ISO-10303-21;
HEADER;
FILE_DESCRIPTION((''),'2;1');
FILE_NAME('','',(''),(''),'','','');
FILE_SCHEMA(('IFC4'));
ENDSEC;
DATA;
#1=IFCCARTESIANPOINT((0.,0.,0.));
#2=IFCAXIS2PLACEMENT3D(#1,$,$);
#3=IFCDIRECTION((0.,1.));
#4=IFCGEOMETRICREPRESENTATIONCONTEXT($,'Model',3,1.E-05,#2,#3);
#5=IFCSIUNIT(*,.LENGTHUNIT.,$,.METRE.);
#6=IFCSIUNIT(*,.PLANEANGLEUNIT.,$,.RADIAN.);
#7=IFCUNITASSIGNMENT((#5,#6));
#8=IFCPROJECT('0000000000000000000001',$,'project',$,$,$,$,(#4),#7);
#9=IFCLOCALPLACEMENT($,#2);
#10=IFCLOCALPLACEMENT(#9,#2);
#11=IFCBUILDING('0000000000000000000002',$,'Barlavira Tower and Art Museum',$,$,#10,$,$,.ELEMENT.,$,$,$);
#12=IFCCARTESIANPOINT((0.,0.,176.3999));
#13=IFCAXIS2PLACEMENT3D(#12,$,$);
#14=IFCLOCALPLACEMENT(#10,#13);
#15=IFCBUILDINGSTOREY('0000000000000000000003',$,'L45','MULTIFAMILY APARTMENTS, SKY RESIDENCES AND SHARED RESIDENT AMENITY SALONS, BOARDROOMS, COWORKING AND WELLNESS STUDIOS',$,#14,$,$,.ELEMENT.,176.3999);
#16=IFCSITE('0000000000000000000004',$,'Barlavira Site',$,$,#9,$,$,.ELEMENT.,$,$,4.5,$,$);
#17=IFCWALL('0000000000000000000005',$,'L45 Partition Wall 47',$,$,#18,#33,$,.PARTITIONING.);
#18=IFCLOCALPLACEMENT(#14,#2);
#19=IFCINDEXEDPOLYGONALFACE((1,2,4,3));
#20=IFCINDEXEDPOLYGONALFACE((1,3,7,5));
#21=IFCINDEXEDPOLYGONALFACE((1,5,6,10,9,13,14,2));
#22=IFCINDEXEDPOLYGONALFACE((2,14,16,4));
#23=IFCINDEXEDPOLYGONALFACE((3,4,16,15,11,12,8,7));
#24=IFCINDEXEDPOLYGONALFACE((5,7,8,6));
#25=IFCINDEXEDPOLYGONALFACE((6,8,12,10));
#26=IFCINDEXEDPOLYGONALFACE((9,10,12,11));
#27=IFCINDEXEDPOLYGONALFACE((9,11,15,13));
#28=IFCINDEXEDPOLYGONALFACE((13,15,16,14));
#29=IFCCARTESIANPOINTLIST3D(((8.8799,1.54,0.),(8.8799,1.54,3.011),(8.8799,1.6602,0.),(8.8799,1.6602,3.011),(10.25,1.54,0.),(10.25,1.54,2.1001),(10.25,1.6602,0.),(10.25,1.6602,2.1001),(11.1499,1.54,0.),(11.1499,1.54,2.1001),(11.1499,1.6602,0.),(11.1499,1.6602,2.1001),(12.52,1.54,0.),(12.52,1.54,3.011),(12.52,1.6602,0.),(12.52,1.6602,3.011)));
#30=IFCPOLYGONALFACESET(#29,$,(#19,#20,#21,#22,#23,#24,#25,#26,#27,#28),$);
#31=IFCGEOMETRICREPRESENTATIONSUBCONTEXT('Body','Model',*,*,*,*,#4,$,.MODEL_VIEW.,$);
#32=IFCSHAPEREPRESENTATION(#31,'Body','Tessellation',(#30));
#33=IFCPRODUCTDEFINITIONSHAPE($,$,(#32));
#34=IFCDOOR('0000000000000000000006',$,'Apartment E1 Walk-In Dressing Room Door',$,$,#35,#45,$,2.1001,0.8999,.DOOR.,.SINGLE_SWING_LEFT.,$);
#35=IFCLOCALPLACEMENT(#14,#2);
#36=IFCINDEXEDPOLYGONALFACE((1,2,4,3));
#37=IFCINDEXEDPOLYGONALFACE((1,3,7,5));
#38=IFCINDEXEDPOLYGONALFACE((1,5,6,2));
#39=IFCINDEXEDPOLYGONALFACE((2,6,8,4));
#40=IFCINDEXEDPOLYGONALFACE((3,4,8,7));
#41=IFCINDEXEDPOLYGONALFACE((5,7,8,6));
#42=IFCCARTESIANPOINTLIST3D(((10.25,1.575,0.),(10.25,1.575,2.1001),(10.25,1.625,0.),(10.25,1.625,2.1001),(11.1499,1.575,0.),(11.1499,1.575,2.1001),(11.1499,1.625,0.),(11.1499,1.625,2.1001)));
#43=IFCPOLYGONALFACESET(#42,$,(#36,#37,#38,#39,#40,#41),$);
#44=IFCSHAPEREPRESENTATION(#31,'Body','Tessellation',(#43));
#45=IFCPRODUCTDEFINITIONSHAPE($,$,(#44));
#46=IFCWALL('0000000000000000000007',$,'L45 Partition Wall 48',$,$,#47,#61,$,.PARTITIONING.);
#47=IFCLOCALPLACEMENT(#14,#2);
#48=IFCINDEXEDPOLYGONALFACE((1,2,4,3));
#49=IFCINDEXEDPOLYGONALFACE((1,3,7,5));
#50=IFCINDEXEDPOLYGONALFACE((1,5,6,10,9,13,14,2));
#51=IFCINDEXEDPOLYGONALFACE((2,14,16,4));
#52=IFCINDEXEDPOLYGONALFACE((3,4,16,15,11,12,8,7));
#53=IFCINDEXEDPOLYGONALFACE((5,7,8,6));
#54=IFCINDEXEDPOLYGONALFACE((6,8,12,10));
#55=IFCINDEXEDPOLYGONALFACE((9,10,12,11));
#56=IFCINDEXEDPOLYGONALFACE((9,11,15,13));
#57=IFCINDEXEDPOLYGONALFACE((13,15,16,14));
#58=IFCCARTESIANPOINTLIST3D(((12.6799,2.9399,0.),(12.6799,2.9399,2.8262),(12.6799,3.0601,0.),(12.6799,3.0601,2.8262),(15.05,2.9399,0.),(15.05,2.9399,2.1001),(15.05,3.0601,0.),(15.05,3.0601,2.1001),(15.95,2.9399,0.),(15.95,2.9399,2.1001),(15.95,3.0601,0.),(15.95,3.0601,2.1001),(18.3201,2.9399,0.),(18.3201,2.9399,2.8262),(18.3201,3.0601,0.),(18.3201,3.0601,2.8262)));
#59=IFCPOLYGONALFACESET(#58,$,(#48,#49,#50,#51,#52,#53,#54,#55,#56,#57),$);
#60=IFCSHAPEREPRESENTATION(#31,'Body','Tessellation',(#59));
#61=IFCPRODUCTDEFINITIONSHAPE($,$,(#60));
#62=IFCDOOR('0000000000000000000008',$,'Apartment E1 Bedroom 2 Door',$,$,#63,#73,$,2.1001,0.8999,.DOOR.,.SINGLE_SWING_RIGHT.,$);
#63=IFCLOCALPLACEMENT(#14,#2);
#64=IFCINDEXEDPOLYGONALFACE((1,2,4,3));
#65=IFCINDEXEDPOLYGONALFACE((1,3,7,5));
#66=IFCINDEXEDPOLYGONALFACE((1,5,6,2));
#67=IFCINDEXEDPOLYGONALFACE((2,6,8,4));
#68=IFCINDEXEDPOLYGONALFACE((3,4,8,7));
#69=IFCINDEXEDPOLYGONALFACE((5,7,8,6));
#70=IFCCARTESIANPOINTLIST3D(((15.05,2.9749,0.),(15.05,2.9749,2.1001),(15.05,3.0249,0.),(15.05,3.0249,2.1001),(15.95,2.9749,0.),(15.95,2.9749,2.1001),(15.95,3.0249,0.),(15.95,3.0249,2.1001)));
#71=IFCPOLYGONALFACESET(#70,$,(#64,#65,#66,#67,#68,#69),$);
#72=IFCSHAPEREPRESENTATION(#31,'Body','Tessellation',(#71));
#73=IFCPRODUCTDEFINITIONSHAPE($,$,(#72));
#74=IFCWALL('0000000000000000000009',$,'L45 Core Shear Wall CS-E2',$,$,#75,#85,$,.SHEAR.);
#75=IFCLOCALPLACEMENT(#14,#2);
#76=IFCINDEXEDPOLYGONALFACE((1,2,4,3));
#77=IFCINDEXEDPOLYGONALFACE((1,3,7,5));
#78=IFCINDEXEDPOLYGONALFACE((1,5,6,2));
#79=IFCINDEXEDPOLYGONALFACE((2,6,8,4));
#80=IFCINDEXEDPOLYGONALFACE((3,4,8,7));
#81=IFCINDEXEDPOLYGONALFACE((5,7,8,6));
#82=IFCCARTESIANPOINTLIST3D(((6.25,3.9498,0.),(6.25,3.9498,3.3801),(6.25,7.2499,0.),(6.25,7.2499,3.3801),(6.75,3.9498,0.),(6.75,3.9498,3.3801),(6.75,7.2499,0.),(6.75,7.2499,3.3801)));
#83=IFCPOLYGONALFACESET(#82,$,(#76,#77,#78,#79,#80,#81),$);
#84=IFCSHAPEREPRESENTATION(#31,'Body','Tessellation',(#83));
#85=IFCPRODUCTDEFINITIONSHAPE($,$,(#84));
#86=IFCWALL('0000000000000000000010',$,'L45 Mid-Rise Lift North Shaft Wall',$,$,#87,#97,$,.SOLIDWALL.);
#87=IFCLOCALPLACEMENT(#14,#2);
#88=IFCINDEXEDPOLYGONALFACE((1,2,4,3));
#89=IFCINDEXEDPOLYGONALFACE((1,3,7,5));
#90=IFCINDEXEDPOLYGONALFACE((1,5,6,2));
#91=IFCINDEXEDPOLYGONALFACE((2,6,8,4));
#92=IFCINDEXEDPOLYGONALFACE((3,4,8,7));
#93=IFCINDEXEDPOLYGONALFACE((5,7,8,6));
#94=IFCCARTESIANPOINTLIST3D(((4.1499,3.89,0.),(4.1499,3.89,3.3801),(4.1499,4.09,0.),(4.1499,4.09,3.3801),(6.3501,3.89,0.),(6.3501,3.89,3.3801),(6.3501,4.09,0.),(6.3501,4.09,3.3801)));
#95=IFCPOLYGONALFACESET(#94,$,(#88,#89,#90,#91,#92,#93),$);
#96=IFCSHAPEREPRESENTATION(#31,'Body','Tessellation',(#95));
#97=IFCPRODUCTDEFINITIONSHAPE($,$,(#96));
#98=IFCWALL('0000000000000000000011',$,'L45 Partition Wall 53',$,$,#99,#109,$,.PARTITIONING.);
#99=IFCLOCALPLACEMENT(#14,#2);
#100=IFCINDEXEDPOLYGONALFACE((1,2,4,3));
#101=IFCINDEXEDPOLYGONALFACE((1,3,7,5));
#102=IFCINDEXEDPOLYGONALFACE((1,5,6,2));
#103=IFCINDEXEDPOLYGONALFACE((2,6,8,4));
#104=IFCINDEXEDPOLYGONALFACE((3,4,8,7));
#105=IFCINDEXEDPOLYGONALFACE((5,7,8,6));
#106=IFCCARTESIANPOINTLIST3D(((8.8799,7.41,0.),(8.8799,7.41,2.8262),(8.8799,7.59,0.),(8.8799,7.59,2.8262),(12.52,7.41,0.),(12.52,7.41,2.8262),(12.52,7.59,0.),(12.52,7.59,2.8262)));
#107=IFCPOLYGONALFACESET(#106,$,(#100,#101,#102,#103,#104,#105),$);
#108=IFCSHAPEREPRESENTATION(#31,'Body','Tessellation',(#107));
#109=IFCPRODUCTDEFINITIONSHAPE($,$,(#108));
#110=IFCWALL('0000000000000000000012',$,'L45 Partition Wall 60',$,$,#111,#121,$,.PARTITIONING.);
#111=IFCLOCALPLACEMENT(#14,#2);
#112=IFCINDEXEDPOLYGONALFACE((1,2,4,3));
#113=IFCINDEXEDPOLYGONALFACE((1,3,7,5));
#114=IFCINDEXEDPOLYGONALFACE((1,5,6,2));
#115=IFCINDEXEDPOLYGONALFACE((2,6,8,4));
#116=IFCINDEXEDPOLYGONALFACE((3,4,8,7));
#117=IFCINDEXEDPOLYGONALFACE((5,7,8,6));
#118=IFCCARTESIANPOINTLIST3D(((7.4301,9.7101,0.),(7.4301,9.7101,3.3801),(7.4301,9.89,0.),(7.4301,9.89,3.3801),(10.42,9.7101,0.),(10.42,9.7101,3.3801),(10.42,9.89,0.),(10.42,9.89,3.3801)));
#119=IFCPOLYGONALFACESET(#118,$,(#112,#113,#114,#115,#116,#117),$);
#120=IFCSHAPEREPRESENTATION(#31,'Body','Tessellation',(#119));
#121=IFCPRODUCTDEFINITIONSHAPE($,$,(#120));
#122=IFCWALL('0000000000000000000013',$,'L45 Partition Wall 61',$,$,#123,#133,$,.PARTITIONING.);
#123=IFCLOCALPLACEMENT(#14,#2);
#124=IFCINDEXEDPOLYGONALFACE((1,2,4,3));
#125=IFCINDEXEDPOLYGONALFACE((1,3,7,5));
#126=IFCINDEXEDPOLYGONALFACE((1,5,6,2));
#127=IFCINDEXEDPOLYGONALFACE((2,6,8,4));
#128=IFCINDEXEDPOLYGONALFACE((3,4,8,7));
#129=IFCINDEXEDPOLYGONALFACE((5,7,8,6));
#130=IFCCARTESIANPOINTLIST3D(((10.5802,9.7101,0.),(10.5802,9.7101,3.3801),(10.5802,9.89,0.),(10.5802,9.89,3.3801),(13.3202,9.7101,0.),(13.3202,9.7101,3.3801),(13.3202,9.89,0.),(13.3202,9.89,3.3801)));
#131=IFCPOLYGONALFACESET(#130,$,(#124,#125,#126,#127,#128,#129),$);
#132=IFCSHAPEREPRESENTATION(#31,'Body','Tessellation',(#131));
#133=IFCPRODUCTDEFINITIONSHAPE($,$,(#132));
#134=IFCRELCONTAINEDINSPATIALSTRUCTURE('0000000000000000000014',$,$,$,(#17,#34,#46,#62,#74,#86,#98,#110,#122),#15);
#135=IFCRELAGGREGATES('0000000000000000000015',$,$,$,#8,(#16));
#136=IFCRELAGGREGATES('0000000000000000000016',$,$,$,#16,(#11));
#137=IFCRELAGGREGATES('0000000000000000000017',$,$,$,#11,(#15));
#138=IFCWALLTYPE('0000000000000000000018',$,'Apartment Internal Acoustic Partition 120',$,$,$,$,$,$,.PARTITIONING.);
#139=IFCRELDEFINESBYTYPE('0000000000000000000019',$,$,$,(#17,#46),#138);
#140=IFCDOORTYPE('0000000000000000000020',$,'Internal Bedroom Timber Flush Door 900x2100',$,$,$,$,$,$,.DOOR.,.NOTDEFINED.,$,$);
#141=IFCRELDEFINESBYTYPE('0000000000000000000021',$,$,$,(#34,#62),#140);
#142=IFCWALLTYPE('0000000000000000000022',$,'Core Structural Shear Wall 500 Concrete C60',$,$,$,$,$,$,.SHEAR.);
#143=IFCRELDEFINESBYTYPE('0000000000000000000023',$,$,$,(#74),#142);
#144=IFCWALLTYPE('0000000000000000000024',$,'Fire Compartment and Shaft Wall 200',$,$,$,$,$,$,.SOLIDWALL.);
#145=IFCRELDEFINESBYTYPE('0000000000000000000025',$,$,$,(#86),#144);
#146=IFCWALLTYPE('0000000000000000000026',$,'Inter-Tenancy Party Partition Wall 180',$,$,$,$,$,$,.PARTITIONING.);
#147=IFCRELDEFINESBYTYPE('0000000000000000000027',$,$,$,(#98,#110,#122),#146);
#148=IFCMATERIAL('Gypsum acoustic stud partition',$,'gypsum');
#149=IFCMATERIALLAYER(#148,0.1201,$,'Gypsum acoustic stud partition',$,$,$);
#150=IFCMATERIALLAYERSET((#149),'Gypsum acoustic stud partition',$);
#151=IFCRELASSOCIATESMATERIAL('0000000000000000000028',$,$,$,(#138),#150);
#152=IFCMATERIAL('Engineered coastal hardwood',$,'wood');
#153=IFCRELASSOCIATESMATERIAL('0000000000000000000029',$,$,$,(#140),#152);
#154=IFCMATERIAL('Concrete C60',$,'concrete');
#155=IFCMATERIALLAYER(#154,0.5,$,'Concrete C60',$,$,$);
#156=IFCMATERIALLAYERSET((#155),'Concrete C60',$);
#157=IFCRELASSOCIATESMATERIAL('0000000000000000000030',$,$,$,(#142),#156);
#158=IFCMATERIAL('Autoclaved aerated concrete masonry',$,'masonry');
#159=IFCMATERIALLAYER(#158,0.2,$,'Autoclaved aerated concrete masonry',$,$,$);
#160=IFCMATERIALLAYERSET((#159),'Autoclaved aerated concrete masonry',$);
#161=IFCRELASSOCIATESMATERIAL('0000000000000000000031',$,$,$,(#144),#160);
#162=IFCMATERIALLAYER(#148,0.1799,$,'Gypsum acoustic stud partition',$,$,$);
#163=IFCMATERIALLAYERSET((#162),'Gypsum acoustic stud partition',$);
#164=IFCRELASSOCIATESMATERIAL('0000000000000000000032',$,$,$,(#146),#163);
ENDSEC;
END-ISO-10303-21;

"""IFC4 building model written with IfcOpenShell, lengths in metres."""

from ifc_helpers import new_model, si_unit, direction, frame, frame_2d, origin, place, context, subcontext, project, spatial, rectangle, extrude, material, layer, layer_set, type_object, element, fill, save


model = new_model("IFC4")

# Units and contexts
model_context = context("Model", 3, precision=1e-05, world=origin(), true_north=direction((0.0, 1.0)))
body_context = subcontext(model_context, "Body", "Model", "MODEL_VIEW")
ifc_project = project(units=[si_unit("LENGTHUNIT", "METRE"), si_unit("PLANEANGLEUNIT", "RADIAN")], contexts=[model_context])

# Site, building, storey
site_placement = place(None, origin())
site = spatial("IfcSite", under=ifc_project, at=site_placement, Name="Barlavira Site", CompositionType="ELEMENT", RefElevation=4.5)
building_placement = place(site_placement, origin())
building = spatial("IfcBuilding", under=site, at=building_placement, Name="Barlavira Tower and Art Museum", CompositionType="ELEMENT")
storey_placement = place(building_placement, frame((0.0, 0.0, 176.3999)))
storey = spatial("IfcBuildingStorey", under=building, at=storey_placement, Name="L45", Description="MULTIFAMILY APARTMENTS, SKY RESIDENCES AND SHARED RESIDENT AMENITY SALONS, BOARDROOMS, COWORKING AND WELLNESS STUDIOS", CompositionType="ELEMENT", Elevation=176.3999)

# Shared definitions
ifc_material_1 = material(Name="Gypsum acoustic stud partition", Category="gypsum")
ifc_layer_1 = layer(ifc_material_1, 0.1201, Name="Gypsum acoustic stud partition")
ifc_layer_set_1 = layer_set([ifc_layer_1], Name="Gypsum acoustic stud partition")
wall_type_1 = type_object("IfcWallType", Name="Apartment Internal Acoustic Partition 120", PredefinedType="PARTITIONING", material=ifc_layer_set_1)
ifc_material_2 = material(Name="Engineered coastal hardwood", Category="wood")

# Shared definitions
door_type_1 = type_object("IfcDoorType", Name="Internal Bedroom Timber Flush Door 900x2100", OperationType="NOTDEFINED", PredefinedType="DOOR", material=ifc_material_2)

# Walls, openings, doors
wall_1_placement = place(storey_placement, frame((8.8799, 1.6001, 0.0), z_axis=(0.0, 0.0, 1.0), x_axis=(1.0, 0.0, 0.0)))
wall_1 = element("IfcWall", 1, at=wall_1_placement, inside=storey, type_object=wall_type_1, Name="L45 Partition Wall 47", PredefinedType="PARTITIONING", context=body_context, shape_type="SweptSolid", body=[
    extrude(rectangle(XDim=3.6401, YDim=0.1201, at=frame_2d((1.8201, 0.0))), origin(), (0.0, 0.0, 1.0), 3.011),
])
opening_1_placement = place(wall_1_placement, frame((1.3701, 0.0, 0.0)))
opening_1 = element("IfcOpeningElement", 2, at=opening_1_placement, cuts=wall_1, PredefinedType="OPENING", context=body_context, shape_type="SweptSolid", body=[
    extrude(rectangle(XDim=0.8999, YDim=2.1001, at=frame_2d((0.45, 1.05))), frame((0.0, 0.0701, 0.0), z_axis=(0.0, -1.0, 0.0), x_axis=(1.0, 0.0, 0.0)), (0.0, 0.0, 1.0), 0.1401),
])
door_1_placement = place(opening_1_placement, origin())
door_1 = element("IfcDoor", 3, at=door_1_placement, inside=storey, type_object=door_type_1, Name="Apartment E1 Walk-In Dressing Room Door", OperationType="SINGLE_SWING_LEFT", OverallHeight=2.1001, OverallWidth=0.8999, PredefinedType="DOOR", context=body_context, shape_type="SweptSolid", body=[
    extrude(rectangle(XDim=0.8999, YDim=2.1001, at=frame_2d((0.45, 1.05))), frame((0.0, 0.0249, 0.0), z_axis=(0.0, -1.0, 0.0), x_axis=(1.0, 0.0, 0.0)), (0.0, 0.0, 1.0), 0.05),
])
fill(opening_1, door_1)
wall_2_placement = place(storey_placement, frame((12.6799, 3.0, 0.0), z_axis=(0.0, 0.0, 1.0), x_axis=(1.0, 0.0, 0.0)))
wall_2 = element("IfcWall", 4, at=wall_2_placement, inside=storey, type_object=wall_type_1, Name="L45 Partition Wall 48", PredefinedType="PARTITIONING", context=body_context, shape_type="SweptSolid", body=[
    extrude(rectangle(XDim=5.6401, YDim=0.1201, at=frame_2d((2.8201, 0.0))), origin(), (0.0, 0.0, 1.0), 2.8262),
])
opening_2_placement = place(wall_2_placement, frame((2.3701, 0.0, 0.0)))
opening_2 = element("IfcOpeningElement", 5, at=opening_2_placement, cuts=wall_2, PredefinedType="OPENING", context=body_context, shape_type="SweptSolid", body=[
    extrude(rectangle(XDim=0.8999, YDim=2.1001, at=frame_2d((0.45, 1.05))), frame((0.0, 0.0701, 0.0), z_axis=(0.0, -1.0, 0.0), x_axis=(1.0, 0.0, 0.0)), (0.0, 0.0, 1.0), 0.1401),
])
door_2_placement = place(opening_2_placement, origin())
door_2 = element("IfcDoor", 6, at=door_2_placement, inside=storey, type_object=door_type_1, Name="Apartment E1 Bedroom 2 Door", OperationType="SINGLE_SWING_RIGHT", OverallHeight=2.1001, OverallWidth=0.8999, PredefinedType="DOOR", context=body_context, shape_type="SweptSolid", body=[
    extrude(rectangle(XDim=0.8999, YDim=2.1001, at=frame_2d((0.45, 1.05))), frame((0.0, 0.0249, 0.0), z_axis=(0.0, -1.0, 0.0), x_axis=(1.0, 0.0, 0.0)), (0.0, 0.0, 1.0), 0.05),
])
fill(opening_2, door_2)

# Walls
ifc_material_3 = material(Name="Concrete C60", Category="concrete")
ifc_layer_2 = layer(ifc_material_3, 0.5, Name="Concrete C60")
ifc_layer_set_2 = layer_set([ifc_layer_2], Name="Concrete C60")
wall_type_2 = type_object("IfcWallType", Name="Core Structural Shear Wall 500 Concrete C60", PredefinedType="SHEAR", material=ifc_layer_set_2)
wall_3_placement = place(storey_placement, frame((6.5, 3.95, 0.0), z_axis=(0.0, 0.0, 1.0), x_axis=(0.0, 1.0, 0.0)))
element("IfcWall", 7, at=wall_3_placement, inside=storey, type_object=wall_type_2, Name="L45 Core Shear Wall CS-E2", PredefinedType="SHEAR", context=body_context, shape_type="SweptSolid", body=[
    extrude(rectangle(XDim=3.3, YDim=0.5, at=frame_2d((1.6499, 0.0))), origin(), (0.0, 0.0, 1.0), 3.3801),
])
ifc_material_4 = material(Name="Autoclaved aerated concrete masonry", Category="masonry")
ifc_layer_3 = layer(ifc_material_4, 0.2, Name="Autoclaved aerated concrete masonry")
ifc_layer_set_3 = layer_set([ifc_layer_3], Name="Autoclaved aerated concrete masonry")
wall_type_3 = type_object("IfcWallType", Name="Fire Compartment and Shaft Wall 200", PredefinedType="SOLIDWALL", material=ifc_layer_set_3)
wall_4_placement = place(storey_placement, frame((4.1499, 3.99, 0.0), z_axis=(0.0, 0.0, 1.0), x_axis=(1.0, 0.0, 0.0)))
element("IfcWall", 8, at=wall_4_placement, inside=storey, type_object=wall_type_3, Name="L45 Mid-Rise Lift North Shaft Wall", PredefinedType="SOLIDWALL", context=body_context, shape_type="SweptSolid", body=[
    extrude(rectangle(XDim=2.2002, YDim=0.2, at=frame_2d((1.1001, 0.0))), origin(), (0.0, 0.0, 1.0), 3.3801),
])
ifc_layer_4 = layer(ifc_material_1, 0.1799, Name="Gypsum acoustic stud partition")
ifc_layer_set_4 = layer_set([ifc_layer_4], Name="Gypsum acoustic stud partition")
wall_type_4 = type_object("IfcWallType", Name="Inter-Tenancy Party Partition Wall 180", PredefinedType="PARTITIONING", material=ifc_layer_set_4)
wall_5_placement = place(storey_placement, frame((8.8799, 7.5, 0.0), z_axis=(0.0, 0.0, 1.0), x_axis=(1.0, 0.0, 0.0)))
element("IfcWall", 9, at=wall_5_placement, inside=storey, type_object=wall_type_4, Name="L45 Partition Wall 53", PredefinedType="PARTITIONING", context=body_context, shape_type="SweptSolid", body=[
    extrude(rectangle(XDim=3.6401, YDim=0.1799, at=frame_2d((1.8201, 0.0))), origin(), (0.0, 0.0, 1.0), 2.8262),
])
wall_6_placement = place(storey_placement, frame((7.4299, 9.8, 0.0), z_axis=(0.0, 0.0, 1.0), x_axis=(1.0, 0.0, 0.0)))
element("IfcWall", 10, at=wall_6_placement, inside=storey, type_object=wall_type_4, Name="L45 Partition Wall 60", PredefinedType="PARTITIONING", context=body_context, shape_type="SweptSolid", body=[
    extrude(rectangle(XDim=2.99, YDim=0.1799, at=frame_2d((1.4951, 0.0))), origin(), (0.0, 0.0, 1.0), 3.3801),
])
wall_7_placement = place(storey_placement, frame((10.5801, 9.8, 0.0), z_axis=(0.0, 0.0, 1.0), x_axis=(1.0, 0.0, 0.0)))
element("IfcWall", 11, at=wall_7_placement, inside=storey, type_object=wall_type_4, Name="L45 Partition Wall 61", PredefinedType="PARTITIONING", context=body_context, shape_type="SweptSolid", body=[
    extrude(rectangle(XDim=2.74, YDim=0.1799, at=frame_2d((1.3701, 0.0))), origin(), (0.0, 0.0, 1.0), 3.3801),
])

save(model, "model.ifc")
